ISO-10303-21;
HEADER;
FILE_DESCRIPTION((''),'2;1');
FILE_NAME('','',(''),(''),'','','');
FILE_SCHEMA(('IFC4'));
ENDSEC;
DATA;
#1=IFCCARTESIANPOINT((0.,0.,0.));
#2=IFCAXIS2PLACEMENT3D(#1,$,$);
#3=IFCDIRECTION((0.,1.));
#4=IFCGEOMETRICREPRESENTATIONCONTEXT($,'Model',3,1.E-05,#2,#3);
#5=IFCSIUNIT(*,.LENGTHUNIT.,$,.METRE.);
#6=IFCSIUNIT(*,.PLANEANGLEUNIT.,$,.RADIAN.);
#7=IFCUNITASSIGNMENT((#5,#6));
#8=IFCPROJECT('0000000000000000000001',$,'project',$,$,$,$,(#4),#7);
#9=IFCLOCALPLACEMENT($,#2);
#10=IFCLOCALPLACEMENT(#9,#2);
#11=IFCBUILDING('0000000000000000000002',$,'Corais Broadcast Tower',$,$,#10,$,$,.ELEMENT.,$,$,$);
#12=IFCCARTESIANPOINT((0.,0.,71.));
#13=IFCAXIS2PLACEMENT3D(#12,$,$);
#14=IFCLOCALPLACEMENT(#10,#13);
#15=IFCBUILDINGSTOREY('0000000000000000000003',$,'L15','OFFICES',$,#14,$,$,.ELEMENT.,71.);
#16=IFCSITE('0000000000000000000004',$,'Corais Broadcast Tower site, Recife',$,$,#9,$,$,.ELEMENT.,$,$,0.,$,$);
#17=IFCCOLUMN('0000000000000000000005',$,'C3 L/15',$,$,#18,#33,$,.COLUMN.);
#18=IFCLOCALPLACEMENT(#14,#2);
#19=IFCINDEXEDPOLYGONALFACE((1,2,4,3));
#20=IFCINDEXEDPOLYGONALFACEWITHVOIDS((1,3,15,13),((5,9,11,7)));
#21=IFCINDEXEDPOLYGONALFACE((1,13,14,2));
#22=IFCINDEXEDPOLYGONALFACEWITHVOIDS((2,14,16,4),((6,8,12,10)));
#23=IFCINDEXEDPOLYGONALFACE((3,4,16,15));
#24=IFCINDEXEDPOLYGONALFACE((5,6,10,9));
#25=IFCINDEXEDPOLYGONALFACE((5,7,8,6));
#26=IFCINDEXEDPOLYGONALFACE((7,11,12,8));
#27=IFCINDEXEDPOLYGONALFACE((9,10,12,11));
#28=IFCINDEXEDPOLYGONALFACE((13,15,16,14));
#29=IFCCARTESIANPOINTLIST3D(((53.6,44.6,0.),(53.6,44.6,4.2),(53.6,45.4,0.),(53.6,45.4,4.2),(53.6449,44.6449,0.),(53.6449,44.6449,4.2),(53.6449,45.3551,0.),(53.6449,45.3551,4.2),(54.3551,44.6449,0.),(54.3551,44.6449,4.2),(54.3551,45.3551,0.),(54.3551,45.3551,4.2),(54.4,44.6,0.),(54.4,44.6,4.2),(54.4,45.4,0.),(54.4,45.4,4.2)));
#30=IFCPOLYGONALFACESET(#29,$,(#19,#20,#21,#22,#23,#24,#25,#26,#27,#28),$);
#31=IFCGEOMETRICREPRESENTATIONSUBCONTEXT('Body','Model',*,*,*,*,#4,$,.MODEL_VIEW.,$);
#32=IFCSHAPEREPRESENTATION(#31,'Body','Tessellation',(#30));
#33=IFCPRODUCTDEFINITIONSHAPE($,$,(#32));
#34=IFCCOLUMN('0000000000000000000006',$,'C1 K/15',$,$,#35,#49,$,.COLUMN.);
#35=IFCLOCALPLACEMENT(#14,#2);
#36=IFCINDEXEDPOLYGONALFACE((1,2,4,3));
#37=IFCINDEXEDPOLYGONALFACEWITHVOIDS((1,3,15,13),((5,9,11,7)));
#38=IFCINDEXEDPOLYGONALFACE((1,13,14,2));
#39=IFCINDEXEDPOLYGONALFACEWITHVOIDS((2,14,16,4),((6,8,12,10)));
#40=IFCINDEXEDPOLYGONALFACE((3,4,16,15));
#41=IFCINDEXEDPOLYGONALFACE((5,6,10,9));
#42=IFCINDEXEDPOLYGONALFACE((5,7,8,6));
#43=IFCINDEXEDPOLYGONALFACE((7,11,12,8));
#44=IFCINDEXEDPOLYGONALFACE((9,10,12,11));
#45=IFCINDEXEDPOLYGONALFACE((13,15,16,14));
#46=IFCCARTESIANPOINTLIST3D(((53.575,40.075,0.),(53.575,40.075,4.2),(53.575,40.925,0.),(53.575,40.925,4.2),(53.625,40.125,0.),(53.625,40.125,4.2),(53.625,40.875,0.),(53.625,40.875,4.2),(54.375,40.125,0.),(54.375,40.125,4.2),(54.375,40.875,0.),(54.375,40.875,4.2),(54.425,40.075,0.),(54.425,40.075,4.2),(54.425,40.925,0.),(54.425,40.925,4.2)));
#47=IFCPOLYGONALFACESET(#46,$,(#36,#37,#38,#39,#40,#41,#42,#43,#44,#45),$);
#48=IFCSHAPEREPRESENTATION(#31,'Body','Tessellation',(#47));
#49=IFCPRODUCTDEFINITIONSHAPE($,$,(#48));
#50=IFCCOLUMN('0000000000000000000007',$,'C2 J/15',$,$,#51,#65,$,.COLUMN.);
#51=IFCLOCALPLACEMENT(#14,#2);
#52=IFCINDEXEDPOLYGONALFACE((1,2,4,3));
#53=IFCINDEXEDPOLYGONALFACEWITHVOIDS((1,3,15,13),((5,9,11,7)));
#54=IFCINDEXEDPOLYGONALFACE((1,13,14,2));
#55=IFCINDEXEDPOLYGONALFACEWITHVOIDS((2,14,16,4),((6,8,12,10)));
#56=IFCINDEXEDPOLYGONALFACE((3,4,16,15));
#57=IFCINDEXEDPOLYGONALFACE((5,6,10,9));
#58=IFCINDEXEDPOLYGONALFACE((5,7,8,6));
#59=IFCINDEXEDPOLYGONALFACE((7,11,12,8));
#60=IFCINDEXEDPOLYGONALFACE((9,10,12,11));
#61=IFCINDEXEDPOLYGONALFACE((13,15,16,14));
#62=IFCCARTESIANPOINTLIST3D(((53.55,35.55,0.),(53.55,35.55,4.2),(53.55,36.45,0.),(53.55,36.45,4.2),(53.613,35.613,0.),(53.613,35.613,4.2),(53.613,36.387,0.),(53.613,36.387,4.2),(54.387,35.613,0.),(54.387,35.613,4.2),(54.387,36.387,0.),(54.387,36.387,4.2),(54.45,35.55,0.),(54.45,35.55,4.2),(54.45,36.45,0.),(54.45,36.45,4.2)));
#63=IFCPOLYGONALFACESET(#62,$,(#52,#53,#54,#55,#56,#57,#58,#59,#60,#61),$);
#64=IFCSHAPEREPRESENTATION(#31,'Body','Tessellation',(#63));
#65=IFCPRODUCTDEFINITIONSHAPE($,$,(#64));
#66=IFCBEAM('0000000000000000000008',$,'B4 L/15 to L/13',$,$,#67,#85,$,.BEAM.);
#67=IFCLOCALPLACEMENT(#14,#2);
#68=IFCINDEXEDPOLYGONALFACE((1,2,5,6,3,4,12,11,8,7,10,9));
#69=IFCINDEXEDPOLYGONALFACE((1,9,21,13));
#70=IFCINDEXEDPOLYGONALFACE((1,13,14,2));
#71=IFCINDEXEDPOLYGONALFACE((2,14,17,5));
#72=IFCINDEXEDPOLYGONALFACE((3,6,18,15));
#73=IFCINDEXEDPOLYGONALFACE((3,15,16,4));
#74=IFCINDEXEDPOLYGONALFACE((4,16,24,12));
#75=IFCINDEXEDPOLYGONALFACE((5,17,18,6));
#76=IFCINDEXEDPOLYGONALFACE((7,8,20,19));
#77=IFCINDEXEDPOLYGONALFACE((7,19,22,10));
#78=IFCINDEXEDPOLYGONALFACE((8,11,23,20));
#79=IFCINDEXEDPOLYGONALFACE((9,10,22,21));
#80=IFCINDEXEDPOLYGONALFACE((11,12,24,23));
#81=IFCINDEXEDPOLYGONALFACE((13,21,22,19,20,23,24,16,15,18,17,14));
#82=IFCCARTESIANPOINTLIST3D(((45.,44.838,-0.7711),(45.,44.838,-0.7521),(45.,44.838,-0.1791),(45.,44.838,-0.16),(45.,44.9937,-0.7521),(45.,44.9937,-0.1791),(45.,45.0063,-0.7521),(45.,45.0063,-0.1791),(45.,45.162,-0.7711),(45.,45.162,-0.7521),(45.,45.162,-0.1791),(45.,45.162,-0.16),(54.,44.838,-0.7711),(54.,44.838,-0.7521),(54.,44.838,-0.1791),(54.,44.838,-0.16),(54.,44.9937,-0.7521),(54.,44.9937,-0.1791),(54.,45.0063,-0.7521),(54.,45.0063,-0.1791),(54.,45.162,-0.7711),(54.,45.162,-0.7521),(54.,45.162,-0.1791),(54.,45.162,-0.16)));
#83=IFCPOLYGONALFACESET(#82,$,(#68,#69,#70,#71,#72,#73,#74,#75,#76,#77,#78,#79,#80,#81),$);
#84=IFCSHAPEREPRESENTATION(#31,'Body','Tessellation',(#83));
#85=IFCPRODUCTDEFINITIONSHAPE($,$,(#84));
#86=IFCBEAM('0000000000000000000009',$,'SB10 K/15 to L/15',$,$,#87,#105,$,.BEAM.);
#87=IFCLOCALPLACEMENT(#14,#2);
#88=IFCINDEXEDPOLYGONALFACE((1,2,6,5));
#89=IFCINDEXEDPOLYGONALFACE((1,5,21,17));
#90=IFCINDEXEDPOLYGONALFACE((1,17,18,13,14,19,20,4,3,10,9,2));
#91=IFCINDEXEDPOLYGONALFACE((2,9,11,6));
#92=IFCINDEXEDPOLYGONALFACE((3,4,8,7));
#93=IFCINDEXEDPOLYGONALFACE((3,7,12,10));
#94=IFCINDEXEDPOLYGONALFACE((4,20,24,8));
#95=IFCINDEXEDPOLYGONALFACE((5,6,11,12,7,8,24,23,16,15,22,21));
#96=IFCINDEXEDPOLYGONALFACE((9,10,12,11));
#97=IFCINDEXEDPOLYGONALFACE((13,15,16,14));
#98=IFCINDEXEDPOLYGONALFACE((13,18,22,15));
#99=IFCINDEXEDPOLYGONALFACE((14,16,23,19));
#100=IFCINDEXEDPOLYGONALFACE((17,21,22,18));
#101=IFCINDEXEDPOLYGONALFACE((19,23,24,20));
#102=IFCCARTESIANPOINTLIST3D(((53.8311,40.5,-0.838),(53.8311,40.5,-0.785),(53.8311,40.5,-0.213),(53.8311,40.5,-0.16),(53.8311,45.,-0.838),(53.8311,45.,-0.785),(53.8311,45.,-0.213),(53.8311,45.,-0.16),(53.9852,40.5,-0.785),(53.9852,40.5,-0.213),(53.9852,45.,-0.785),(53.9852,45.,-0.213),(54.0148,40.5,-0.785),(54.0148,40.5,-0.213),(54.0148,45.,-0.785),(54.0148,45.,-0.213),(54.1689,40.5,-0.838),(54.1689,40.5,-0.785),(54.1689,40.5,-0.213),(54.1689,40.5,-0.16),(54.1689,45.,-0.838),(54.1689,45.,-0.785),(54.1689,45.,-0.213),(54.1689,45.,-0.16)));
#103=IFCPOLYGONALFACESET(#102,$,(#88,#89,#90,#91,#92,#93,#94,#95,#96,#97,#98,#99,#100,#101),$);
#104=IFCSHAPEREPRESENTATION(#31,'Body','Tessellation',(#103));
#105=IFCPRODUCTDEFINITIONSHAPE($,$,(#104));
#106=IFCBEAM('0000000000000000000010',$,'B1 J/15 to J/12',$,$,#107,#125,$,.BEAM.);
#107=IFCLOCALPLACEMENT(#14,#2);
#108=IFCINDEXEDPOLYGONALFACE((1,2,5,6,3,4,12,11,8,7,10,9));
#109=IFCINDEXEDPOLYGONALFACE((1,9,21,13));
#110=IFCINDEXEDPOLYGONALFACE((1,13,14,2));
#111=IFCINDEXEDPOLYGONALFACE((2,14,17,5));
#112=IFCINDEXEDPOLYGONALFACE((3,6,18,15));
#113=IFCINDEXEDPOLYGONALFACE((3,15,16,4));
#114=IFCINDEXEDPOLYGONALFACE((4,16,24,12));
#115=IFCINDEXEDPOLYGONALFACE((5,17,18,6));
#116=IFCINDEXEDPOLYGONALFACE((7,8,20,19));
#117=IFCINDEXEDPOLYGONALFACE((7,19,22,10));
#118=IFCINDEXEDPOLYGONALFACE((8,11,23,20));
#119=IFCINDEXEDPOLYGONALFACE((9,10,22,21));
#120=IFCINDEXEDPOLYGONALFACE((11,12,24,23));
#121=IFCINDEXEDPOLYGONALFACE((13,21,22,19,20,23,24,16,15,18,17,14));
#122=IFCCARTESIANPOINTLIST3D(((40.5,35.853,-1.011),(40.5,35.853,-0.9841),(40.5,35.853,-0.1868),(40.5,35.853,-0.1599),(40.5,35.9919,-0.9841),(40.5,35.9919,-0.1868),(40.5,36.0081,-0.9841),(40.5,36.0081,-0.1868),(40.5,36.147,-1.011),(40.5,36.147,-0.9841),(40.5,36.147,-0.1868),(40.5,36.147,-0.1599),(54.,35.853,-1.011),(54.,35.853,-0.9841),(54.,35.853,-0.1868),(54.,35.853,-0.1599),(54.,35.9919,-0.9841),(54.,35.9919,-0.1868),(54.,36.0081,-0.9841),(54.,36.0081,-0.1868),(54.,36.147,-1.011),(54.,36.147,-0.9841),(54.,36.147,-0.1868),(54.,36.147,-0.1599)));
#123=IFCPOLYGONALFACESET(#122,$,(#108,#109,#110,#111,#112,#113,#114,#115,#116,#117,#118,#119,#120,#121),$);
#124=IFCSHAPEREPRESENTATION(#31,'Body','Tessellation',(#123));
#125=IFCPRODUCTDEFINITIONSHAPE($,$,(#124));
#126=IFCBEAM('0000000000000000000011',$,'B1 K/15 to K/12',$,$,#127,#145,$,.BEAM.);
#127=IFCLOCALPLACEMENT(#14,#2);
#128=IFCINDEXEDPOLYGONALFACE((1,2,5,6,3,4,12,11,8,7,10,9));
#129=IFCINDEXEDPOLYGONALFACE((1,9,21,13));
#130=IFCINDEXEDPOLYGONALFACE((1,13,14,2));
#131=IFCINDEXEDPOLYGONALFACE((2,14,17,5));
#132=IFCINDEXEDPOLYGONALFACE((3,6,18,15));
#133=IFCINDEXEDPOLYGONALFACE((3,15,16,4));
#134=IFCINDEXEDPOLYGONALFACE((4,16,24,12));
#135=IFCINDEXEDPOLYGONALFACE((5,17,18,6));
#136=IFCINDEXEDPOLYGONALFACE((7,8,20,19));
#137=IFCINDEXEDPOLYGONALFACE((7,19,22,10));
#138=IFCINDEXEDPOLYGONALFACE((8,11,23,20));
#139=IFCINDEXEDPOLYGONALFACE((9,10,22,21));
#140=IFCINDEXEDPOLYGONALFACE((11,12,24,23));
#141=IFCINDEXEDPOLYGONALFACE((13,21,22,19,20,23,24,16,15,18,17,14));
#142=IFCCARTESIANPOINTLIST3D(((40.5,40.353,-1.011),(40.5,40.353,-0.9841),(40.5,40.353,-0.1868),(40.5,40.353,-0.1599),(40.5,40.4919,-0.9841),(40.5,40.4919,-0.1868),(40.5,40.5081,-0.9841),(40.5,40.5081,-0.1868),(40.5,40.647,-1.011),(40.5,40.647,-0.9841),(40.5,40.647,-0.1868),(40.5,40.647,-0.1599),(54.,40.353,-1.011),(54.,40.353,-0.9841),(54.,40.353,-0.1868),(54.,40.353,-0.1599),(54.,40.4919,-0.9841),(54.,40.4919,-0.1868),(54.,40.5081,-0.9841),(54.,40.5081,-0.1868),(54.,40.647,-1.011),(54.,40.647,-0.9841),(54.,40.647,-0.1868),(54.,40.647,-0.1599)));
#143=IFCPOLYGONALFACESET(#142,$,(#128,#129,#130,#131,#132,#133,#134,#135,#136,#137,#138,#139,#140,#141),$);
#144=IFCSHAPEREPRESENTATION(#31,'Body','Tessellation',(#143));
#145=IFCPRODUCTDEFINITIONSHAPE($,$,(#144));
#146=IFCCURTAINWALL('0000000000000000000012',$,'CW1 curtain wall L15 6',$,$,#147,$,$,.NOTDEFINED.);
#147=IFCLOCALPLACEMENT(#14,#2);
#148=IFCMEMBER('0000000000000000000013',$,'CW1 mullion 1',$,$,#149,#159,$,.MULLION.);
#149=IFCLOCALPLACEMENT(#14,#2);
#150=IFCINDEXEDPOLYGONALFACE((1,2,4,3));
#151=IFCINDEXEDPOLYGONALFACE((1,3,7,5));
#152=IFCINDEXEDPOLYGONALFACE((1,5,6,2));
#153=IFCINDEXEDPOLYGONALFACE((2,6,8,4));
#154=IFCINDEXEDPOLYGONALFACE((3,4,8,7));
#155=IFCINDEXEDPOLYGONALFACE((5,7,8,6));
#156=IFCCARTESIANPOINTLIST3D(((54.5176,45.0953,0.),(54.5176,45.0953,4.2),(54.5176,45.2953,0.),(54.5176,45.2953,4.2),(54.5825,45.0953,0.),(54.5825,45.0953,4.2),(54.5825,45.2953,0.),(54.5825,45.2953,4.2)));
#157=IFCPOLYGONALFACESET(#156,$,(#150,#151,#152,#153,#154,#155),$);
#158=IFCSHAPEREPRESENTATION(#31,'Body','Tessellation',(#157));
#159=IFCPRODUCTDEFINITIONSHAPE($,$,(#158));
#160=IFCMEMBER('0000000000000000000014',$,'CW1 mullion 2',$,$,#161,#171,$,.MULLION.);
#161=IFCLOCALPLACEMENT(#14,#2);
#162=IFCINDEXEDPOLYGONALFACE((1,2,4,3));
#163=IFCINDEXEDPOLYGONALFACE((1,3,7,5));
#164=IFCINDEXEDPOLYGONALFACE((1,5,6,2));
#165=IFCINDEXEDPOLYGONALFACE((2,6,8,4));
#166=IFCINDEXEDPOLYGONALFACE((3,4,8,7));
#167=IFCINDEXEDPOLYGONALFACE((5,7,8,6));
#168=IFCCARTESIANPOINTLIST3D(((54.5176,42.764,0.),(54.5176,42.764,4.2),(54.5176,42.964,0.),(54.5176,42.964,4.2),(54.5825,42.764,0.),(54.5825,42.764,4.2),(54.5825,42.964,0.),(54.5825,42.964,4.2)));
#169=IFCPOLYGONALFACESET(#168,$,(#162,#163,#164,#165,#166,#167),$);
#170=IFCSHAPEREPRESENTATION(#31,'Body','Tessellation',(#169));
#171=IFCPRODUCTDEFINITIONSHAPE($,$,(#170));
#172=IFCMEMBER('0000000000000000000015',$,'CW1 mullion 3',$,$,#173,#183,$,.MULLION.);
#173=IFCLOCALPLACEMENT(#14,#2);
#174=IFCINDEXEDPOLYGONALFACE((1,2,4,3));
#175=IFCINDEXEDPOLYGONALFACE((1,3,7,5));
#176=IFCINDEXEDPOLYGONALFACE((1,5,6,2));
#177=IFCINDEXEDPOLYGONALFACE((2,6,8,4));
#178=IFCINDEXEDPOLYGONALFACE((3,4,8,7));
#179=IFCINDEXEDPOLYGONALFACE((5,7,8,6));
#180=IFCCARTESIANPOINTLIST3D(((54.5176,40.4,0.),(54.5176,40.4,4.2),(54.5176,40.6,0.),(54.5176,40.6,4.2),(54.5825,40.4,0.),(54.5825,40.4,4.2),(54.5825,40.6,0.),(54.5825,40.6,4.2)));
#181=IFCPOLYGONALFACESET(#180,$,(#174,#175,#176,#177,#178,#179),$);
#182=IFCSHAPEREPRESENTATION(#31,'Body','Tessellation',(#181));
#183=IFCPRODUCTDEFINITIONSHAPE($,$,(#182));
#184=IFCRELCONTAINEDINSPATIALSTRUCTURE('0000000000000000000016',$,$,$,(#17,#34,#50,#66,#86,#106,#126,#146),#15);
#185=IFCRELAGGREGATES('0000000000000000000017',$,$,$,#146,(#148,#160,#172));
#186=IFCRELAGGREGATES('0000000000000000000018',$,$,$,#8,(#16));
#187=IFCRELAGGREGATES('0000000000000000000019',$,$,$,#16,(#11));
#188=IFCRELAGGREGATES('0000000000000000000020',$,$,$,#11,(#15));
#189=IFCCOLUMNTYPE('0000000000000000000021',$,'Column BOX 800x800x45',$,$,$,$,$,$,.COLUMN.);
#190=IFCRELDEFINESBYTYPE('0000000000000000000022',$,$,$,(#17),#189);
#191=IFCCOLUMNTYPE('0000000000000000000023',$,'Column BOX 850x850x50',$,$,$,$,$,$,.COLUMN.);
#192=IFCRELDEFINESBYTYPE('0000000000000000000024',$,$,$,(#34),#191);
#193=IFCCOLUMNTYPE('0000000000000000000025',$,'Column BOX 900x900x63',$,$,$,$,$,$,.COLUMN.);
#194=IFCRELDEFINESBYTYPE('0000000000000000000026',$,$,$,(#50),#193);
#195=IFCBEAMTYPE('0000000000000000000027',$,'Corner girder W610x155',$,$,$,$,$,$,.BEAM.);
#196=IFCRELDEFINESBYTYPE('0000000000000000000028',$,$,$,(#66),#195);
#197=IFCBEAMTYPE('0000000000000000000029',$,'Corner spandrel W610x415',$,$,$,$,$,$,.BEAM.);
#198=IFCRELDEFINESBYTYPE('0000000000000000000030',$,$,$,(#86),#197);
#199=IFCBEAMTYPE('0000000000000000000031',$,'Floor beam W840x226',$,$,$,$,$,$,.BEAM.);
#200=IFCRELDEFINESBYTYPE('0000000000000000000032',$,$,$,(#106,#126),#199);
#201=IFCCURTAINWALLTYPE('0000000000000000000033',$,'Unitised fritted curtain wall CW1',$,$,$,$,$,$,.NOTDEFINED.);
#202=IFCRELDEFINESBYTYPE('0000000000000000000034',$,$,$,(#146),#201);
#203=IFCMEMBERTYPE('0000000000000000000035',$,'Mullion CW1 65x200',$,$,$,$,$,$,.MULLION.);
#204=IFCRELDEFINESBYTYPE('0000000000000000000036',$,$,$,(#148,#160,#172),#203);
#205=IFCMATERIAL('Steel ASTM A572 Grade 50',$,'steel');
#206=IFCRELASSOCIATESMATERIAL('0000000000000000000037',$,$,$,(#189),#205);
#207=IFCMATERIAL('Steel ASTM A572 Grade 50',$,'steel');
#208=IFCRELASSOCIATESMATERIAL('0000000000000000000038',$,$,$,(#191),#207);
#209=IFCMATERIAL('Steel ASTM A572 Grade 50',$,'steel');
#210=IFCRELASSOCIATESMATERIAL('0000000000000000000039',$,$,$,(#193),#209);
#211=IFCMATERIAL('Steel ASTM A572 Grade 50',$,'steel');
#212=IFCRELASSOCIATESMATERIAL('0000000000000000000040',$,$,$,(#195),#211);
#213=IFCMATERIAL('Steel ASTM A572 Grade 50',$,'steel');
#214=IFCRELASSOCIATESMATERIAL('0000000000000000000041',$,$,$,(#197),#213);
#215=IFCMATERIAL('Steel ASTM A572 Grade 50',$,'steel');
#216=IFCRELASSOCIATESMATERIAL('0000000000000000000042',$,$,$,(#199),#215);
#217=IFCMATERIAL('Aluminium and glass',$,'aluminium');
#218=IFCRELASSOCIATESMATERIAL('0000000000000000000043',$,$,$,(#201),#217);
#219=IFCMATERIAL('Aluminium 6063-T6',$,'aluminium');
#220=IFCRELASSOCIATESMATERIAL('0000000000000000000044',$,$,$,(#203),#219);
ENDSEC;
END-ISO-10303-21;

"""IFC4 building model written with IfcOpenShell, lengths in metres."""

from ifc_helpers import new_model, si_unit, direction, frame, origin, origin_2d, place, context, subcontext, project, spatial, rectangle, hollow_rectangle, i_section, extrude, material, material_profile, profile_set, type_object, element, aggregate, save


model = new_model("IFC4")

# Units and contexts
model_context = context("Model", 3, precision=1e-05, world=origin(), true_north=direction((0.0, 1.0)))
body_context = subcontext(model_context, "Body", "Model", "MODEL_VIEW")
ifc_project = project(units=[si_unit("LENGTHUNIT", "METRE"), si_unit("PLANEANGLEUNIT", "RADIAN")], contexts=[model_context])

# Site, building, storey
site_placement = place(None, origin())
site = spatial("IfcSite", under=ifc_project, at=site_placement, Name="Corais Broadcast Tower site, Recife", CompositionType="ELEMENT", RefElevation=0.0)
building_placement = place(site_placement, origin())
building = spatial("IfcBuilding", under=site, at=building_placement, Name="Corais Broadcast Tower", CompositionType="ELEMENT")
storey_placement = place(building_placement, frame((0.0, 0.0, 71.0)))
storey = spatial("IfcBuildingStorey", under=building, at=storey_placement, Name="L15", Description="OFFICES", CompositionType="ELEMENT", Elevation=71.0)

# Columns
ifc_material_1 = material(Name="Steel ASTM A572 Grade 50", Category="steel")
ifc_material_profile_1 = material_profile(ifc_material_1, hollow_rectangle(XDim=0.8, YDim=0.8, WallThickness=0.0449, at=origin_2d()), Name="BOX 800x800x45")
ifc_profile_set_1 = profile_set([ifc_material_profile_1], Name="Steel ASTM A572 Grade 50")
column_type_1 = type_object("IfcColumnType", Name="Column BOX 800x800x45", PredefinedType="COLUMN", material=ifc_profile_set_1)
column_1_placement = place(storey_placement, frame((54.0, 45.0, 0.0), z_axis=(0.0, 0.0, 1.0), x_axis=(1.0, 0.0, 0.0)))
element("IfcColumn", 1, at=column_1_placement, inside=storey, type_object=column_type_1, Name="C3 L/15", PredefinedType="COLUMN", context=body_context, shape_type="SweptSolid", body=[
    extrude(hollow_rectangle(XDim=0.8, YDim=0.8, WallThickness=0.0449, at=origin_2d()), origin(), (0.0, 0.0, 1.0), 4.2),
])
ifc_material_2 = material(Name="Steel ASTM A572 Grade 50", Category="steel")
ifc_material_profile_2 = material_profile(ifc_material_2, hollow_rectangle(XDim=0.8501, YDim=0.8501, WallThickness=0.05, at=origin_2d()), Name="BOX 850x850x50")
ifc_profile_set_2 = profile_set([ifc_material_profile_2], Name="Steel ASTM A572 Grade 50")
column_type_2 = type_object("IfcColumnType", Name="Column BOX 850x850x50", PredefinedType="COLUMN", material=ifc_profile_set_2)
column_2_placement = place(storey_placement, frame((54.0, 40.5, 0.0), z_axis=(0.0, 0.0, 1.0), x_axis=(1.0, 0.0, 0.0)))
element("IfcColumn", 2, at=column_2_placement, inside=storey, type_object=column_type_2, Name="C1 K/15", PredefinedType="COLUMN", context=body_context, shape_type="SweptSolid", body=[
    extrude(hollow_rectangle(XDim=0.8501, YDim=0.8501, WallThickness=0.05, at=origin_2d()), origin(), (0.0, 0.0, 1.0), 4.2),
])
ifc_material_3 = material(Name="Steel ASTM A572 Grade 50", Category="steel")
ifc_material_profile_3 = material_profile(ifc_material_3, hollow_rectangle(XDim=0.8999, YDim=0.8999, WallThickness=0.063, at=origin_2d()), Name="BOX 900x900x63")
ifc_profile_set_3 = profile_set([ifc_material_profile_3], Name="Steel ASTM A572 Grade 50")
column_type_3 = type_object("IfcColumnType", Name="Column BOX 900x900x63", PredefinedType="COLUMN", material=ifc_profile_set_3)
column_3_placement = place(storey_placement, frame((54.0, 36.0, 0.0), z_axis=(0.0, 0.0, 1.0), x_axis=(1.0, 0.0, 0.0)))
element("IfcColumn", 3, at=column_3_placement, inside=storey, type_object=column_type_3, Name="C2 J/15", PredefinedType="COLUMN", context=body_context, shape_type="SweptSolid", body=[
    extrude(hollow_rectangle(XDim=0.8999, YDim=0.8999, WallThickness=0.063, at=origin_2d()), origin(), (0.0, 0.0, 1.0), 4.2),
])

# Beams
ifc_material_4 = material(Name="Steel ASTM A572 Grade 50", Category="steel")
ifc_material_profile_4 = material_profile(ifc_material_4, i_section(OverallWidth=0.324, OverallDepth=0.6111, WebThickness=0.0127, FlangeThickness=0.019, at=origin_2d()), Name="W610x155")
ifc_profile_set_4 = profile_set([ifc_material_profile_4], Name="Steel ASTM A572 Grade 50")
beam_type_1 = type_object("IfcBeamType", Name="Corner girder W610x155", PredefinedType="BEAM", material=ifc_profile_set_4)
beam_1_placement = place(storey_placement, frame((54.0, 45.0, -0.4656), z_axis=(-1.0, 0.0, 0.0), x_axis=(0.0, -1.0, 0.0)))
element("IfcBeam", 4, at=beam_1_placement, inside=storey, type_object=beam_type_1, Name="B4 L/15 to L/13", PredefinedType="BEAM", context=body_context, shape_type="SweptSolid", body=[
    extrude(i_section(OverallWidth=0.324, OverallDepth=0.6111, WebThickness=0.0127, FlangeThickness=0.019, at=origin_2d()), origin(), (0.0, 0.0, 1.0), 9.0),
])
ifc_material_5 = material(Name="Steel ASTM A572 Grade 50", Category="steel")
ifc_material_profile_5 = material_profile(ifc_material_5, i_section(OverallWidth=0.3379, OverallDepth=0.678, WebThickness=0.0295, FlangeThickness=0.053, at=origin_2d()), Name="W610x415")
ifc_profile_set_5 = profile_set([ifc_material_profile_5], Name="Steel ASTM A572 Grade 50")
beam_type_2 = type_object("IfcBeamType", Name="Corner spandrel W610x415", PredefinedType="BEAM", material=ifc_profile_set_5)
beam_2_placement = place(storey_placement, frame((54.0, 40.5, -0.499), z_axis=(0.0, 1.0, 0.0), x_axis=(-1.0, 0.0, 0.0)))
element("IfcBeam", 5, at=beam_2_placement, inside=storey, type_object=beam_type_2, Name="SB10 K/15 to L/15", PredefinedType="BEAM", context=body_context, shape_type="SweptSolid", body=[
    extrude(i_section(OverallWidth=0.3379, OverallDepth=0.678, WebThickness=0.0295, FlangeThickness=0.053, at=origin_2d()), origin(), (0.0, 0.0, 1.0), 4.5),
])
ifc_material_6 = material(Name="Steel ASTM A572 Grade 50", Category="steel")
ifc_material_profile_6 = material_profile(ifc_material_6, i_section(OverallWidth=0.2939, OverallDepth=0.8511, WebThickness=0.0161, FlangeThickness=0.0269, at=origin_2d()), Name="W840x226")
ifc_profile_set_6 = profile_set([ifc_material_profile_6], Name="Steel ASTM A572 Grade 50")
beam_type_3 = type_object("IfcBeamType", Name="Floor beam W840x226", PredefinedType="BEAM", material=ifc_profile_set_6)
for number, where, z_axis, x_axis, name in (
    (6, (54.0, 36.0, -0.5854), (-1.0, 0.0, 0.0), (0.0, -1.0, 0.0), "B1 J/15 to J/12"),
    (7, (54.0, 40.5, -0.5854), (-1.0, 0.0, 0.0), (0.0, -1.0, 0.0), "B1 K/15 to K/12"),
):
    element("IfcBeam", number, at=place(storey_placement, frame(where, z_axis=z_axis, x_axis=x_axis)), inside=storey, type_object=beam_type_3, Name=name, PredefinedType="BEAM", context=body_context, shape_type="SweptSolid", body=[
        extrude(i_section(OverallWidth=0.2939, OverallDepth=0.8511, WebThickness=0.0161, FlangeThickness=0.0269, at=origin_2d()), origin(), (0.0, 0.0, 1.0), 13.5),
    ])

# Curtain wall, members
ifc_material_7 = material(Name="Aluminium and glass", Category="aluminium")
curtain_wall_type = type_object("IfcCurtainWallType", Name="Unitised fritted curtain wall CW1", PredefinedType="NOTDEFINED", material=ifc_material_7)
curtain_wall_placement = place(storey_placement, origin())
curtain_wall = element("IfcCurtainWall", 8, at=curtain_wall_placement, inside=storey, type_object=curtain_wall_type, Name="CW1 curtain wall L15 6", PredefinedType="NOTDEFINED")
ifc_material_8 = material(Name="Aluminium 6063-T6", Category="aluminium")
ifc_material_profile_7 = material_profile(ifc_material_8, rectangle(XDim=0.0649, YDim=0.2, at=origin_2d()), Name="Mullion CW1 65x200")
ifc_profile_set_7 = profile_set([ifc_material_profile_7], Name="Aluminium 6063-T6")
member_type_1 = type_object("IfcMemberType", Name="Mullion CW1 65x200", PredefinedType="MULLION", material=ifc_profile_set_7)
member_1_placement = place(storey_placement, frame((54.55, 45.1953, 0.0), z_axis=(0.0, 0.0, 1.0), x_axis=(1.0, 0.0, 0.0)))
member_1 = element("IfcMember", 9, at=member_1_placement, type_object=member_type_1, Name="CW1 mullion 1", PredefinedType="MULLION", context=body_context, shape_type="SweptSolid", body=[
    extrude(rectangle(XDim=0.0649, YDim=0.2, at=origin_2d()), origin(), (0.0, 0.0, 1.0), 4.2),
])
member_2_placement = place(storey_placement, frame((54.55, 42.864, 0.0), z_axis=(0.0, 0.0, 1.0), x_axis=(1.0, 0.0, 0.0)))
member_2 = element("IfcMember", 10, at=member_2_placement, type_object=member_type_1, Name="CW1 mullion 2", PredefinedType="MULLION", context=body_context, shape_type="SweptSolid", body=[
    extrude(rectangle(XDim=0.0649, YDim=0.2, at=origin_2d()), origin(), (0.0, 0.0, 1.0), 4.2),
])
member_3_placement = place(storey_placement, frame((54.55, 40.5, 0.0), z_axis=(0.0, 0.0, 1.0), x_axis=(1.0, 0.0, 0.0)))
member_3 = element("IfcMember", 11, at=member_3_placement, type_object=member_type_1, Name="CW1 mullion 3", PredefinedType="MULLION", context=body_context, shape_type="SweptSolid", body=[
    extrude(rectangle(XDim=0.0649, YDim=0.2, at=origin_2d()), origin(), (0.0, 0.0, 1.0), 4.2),
])

aggregate(curtain_wall, [member_1, member_2, member_3])

save(model, "model.ifc")
